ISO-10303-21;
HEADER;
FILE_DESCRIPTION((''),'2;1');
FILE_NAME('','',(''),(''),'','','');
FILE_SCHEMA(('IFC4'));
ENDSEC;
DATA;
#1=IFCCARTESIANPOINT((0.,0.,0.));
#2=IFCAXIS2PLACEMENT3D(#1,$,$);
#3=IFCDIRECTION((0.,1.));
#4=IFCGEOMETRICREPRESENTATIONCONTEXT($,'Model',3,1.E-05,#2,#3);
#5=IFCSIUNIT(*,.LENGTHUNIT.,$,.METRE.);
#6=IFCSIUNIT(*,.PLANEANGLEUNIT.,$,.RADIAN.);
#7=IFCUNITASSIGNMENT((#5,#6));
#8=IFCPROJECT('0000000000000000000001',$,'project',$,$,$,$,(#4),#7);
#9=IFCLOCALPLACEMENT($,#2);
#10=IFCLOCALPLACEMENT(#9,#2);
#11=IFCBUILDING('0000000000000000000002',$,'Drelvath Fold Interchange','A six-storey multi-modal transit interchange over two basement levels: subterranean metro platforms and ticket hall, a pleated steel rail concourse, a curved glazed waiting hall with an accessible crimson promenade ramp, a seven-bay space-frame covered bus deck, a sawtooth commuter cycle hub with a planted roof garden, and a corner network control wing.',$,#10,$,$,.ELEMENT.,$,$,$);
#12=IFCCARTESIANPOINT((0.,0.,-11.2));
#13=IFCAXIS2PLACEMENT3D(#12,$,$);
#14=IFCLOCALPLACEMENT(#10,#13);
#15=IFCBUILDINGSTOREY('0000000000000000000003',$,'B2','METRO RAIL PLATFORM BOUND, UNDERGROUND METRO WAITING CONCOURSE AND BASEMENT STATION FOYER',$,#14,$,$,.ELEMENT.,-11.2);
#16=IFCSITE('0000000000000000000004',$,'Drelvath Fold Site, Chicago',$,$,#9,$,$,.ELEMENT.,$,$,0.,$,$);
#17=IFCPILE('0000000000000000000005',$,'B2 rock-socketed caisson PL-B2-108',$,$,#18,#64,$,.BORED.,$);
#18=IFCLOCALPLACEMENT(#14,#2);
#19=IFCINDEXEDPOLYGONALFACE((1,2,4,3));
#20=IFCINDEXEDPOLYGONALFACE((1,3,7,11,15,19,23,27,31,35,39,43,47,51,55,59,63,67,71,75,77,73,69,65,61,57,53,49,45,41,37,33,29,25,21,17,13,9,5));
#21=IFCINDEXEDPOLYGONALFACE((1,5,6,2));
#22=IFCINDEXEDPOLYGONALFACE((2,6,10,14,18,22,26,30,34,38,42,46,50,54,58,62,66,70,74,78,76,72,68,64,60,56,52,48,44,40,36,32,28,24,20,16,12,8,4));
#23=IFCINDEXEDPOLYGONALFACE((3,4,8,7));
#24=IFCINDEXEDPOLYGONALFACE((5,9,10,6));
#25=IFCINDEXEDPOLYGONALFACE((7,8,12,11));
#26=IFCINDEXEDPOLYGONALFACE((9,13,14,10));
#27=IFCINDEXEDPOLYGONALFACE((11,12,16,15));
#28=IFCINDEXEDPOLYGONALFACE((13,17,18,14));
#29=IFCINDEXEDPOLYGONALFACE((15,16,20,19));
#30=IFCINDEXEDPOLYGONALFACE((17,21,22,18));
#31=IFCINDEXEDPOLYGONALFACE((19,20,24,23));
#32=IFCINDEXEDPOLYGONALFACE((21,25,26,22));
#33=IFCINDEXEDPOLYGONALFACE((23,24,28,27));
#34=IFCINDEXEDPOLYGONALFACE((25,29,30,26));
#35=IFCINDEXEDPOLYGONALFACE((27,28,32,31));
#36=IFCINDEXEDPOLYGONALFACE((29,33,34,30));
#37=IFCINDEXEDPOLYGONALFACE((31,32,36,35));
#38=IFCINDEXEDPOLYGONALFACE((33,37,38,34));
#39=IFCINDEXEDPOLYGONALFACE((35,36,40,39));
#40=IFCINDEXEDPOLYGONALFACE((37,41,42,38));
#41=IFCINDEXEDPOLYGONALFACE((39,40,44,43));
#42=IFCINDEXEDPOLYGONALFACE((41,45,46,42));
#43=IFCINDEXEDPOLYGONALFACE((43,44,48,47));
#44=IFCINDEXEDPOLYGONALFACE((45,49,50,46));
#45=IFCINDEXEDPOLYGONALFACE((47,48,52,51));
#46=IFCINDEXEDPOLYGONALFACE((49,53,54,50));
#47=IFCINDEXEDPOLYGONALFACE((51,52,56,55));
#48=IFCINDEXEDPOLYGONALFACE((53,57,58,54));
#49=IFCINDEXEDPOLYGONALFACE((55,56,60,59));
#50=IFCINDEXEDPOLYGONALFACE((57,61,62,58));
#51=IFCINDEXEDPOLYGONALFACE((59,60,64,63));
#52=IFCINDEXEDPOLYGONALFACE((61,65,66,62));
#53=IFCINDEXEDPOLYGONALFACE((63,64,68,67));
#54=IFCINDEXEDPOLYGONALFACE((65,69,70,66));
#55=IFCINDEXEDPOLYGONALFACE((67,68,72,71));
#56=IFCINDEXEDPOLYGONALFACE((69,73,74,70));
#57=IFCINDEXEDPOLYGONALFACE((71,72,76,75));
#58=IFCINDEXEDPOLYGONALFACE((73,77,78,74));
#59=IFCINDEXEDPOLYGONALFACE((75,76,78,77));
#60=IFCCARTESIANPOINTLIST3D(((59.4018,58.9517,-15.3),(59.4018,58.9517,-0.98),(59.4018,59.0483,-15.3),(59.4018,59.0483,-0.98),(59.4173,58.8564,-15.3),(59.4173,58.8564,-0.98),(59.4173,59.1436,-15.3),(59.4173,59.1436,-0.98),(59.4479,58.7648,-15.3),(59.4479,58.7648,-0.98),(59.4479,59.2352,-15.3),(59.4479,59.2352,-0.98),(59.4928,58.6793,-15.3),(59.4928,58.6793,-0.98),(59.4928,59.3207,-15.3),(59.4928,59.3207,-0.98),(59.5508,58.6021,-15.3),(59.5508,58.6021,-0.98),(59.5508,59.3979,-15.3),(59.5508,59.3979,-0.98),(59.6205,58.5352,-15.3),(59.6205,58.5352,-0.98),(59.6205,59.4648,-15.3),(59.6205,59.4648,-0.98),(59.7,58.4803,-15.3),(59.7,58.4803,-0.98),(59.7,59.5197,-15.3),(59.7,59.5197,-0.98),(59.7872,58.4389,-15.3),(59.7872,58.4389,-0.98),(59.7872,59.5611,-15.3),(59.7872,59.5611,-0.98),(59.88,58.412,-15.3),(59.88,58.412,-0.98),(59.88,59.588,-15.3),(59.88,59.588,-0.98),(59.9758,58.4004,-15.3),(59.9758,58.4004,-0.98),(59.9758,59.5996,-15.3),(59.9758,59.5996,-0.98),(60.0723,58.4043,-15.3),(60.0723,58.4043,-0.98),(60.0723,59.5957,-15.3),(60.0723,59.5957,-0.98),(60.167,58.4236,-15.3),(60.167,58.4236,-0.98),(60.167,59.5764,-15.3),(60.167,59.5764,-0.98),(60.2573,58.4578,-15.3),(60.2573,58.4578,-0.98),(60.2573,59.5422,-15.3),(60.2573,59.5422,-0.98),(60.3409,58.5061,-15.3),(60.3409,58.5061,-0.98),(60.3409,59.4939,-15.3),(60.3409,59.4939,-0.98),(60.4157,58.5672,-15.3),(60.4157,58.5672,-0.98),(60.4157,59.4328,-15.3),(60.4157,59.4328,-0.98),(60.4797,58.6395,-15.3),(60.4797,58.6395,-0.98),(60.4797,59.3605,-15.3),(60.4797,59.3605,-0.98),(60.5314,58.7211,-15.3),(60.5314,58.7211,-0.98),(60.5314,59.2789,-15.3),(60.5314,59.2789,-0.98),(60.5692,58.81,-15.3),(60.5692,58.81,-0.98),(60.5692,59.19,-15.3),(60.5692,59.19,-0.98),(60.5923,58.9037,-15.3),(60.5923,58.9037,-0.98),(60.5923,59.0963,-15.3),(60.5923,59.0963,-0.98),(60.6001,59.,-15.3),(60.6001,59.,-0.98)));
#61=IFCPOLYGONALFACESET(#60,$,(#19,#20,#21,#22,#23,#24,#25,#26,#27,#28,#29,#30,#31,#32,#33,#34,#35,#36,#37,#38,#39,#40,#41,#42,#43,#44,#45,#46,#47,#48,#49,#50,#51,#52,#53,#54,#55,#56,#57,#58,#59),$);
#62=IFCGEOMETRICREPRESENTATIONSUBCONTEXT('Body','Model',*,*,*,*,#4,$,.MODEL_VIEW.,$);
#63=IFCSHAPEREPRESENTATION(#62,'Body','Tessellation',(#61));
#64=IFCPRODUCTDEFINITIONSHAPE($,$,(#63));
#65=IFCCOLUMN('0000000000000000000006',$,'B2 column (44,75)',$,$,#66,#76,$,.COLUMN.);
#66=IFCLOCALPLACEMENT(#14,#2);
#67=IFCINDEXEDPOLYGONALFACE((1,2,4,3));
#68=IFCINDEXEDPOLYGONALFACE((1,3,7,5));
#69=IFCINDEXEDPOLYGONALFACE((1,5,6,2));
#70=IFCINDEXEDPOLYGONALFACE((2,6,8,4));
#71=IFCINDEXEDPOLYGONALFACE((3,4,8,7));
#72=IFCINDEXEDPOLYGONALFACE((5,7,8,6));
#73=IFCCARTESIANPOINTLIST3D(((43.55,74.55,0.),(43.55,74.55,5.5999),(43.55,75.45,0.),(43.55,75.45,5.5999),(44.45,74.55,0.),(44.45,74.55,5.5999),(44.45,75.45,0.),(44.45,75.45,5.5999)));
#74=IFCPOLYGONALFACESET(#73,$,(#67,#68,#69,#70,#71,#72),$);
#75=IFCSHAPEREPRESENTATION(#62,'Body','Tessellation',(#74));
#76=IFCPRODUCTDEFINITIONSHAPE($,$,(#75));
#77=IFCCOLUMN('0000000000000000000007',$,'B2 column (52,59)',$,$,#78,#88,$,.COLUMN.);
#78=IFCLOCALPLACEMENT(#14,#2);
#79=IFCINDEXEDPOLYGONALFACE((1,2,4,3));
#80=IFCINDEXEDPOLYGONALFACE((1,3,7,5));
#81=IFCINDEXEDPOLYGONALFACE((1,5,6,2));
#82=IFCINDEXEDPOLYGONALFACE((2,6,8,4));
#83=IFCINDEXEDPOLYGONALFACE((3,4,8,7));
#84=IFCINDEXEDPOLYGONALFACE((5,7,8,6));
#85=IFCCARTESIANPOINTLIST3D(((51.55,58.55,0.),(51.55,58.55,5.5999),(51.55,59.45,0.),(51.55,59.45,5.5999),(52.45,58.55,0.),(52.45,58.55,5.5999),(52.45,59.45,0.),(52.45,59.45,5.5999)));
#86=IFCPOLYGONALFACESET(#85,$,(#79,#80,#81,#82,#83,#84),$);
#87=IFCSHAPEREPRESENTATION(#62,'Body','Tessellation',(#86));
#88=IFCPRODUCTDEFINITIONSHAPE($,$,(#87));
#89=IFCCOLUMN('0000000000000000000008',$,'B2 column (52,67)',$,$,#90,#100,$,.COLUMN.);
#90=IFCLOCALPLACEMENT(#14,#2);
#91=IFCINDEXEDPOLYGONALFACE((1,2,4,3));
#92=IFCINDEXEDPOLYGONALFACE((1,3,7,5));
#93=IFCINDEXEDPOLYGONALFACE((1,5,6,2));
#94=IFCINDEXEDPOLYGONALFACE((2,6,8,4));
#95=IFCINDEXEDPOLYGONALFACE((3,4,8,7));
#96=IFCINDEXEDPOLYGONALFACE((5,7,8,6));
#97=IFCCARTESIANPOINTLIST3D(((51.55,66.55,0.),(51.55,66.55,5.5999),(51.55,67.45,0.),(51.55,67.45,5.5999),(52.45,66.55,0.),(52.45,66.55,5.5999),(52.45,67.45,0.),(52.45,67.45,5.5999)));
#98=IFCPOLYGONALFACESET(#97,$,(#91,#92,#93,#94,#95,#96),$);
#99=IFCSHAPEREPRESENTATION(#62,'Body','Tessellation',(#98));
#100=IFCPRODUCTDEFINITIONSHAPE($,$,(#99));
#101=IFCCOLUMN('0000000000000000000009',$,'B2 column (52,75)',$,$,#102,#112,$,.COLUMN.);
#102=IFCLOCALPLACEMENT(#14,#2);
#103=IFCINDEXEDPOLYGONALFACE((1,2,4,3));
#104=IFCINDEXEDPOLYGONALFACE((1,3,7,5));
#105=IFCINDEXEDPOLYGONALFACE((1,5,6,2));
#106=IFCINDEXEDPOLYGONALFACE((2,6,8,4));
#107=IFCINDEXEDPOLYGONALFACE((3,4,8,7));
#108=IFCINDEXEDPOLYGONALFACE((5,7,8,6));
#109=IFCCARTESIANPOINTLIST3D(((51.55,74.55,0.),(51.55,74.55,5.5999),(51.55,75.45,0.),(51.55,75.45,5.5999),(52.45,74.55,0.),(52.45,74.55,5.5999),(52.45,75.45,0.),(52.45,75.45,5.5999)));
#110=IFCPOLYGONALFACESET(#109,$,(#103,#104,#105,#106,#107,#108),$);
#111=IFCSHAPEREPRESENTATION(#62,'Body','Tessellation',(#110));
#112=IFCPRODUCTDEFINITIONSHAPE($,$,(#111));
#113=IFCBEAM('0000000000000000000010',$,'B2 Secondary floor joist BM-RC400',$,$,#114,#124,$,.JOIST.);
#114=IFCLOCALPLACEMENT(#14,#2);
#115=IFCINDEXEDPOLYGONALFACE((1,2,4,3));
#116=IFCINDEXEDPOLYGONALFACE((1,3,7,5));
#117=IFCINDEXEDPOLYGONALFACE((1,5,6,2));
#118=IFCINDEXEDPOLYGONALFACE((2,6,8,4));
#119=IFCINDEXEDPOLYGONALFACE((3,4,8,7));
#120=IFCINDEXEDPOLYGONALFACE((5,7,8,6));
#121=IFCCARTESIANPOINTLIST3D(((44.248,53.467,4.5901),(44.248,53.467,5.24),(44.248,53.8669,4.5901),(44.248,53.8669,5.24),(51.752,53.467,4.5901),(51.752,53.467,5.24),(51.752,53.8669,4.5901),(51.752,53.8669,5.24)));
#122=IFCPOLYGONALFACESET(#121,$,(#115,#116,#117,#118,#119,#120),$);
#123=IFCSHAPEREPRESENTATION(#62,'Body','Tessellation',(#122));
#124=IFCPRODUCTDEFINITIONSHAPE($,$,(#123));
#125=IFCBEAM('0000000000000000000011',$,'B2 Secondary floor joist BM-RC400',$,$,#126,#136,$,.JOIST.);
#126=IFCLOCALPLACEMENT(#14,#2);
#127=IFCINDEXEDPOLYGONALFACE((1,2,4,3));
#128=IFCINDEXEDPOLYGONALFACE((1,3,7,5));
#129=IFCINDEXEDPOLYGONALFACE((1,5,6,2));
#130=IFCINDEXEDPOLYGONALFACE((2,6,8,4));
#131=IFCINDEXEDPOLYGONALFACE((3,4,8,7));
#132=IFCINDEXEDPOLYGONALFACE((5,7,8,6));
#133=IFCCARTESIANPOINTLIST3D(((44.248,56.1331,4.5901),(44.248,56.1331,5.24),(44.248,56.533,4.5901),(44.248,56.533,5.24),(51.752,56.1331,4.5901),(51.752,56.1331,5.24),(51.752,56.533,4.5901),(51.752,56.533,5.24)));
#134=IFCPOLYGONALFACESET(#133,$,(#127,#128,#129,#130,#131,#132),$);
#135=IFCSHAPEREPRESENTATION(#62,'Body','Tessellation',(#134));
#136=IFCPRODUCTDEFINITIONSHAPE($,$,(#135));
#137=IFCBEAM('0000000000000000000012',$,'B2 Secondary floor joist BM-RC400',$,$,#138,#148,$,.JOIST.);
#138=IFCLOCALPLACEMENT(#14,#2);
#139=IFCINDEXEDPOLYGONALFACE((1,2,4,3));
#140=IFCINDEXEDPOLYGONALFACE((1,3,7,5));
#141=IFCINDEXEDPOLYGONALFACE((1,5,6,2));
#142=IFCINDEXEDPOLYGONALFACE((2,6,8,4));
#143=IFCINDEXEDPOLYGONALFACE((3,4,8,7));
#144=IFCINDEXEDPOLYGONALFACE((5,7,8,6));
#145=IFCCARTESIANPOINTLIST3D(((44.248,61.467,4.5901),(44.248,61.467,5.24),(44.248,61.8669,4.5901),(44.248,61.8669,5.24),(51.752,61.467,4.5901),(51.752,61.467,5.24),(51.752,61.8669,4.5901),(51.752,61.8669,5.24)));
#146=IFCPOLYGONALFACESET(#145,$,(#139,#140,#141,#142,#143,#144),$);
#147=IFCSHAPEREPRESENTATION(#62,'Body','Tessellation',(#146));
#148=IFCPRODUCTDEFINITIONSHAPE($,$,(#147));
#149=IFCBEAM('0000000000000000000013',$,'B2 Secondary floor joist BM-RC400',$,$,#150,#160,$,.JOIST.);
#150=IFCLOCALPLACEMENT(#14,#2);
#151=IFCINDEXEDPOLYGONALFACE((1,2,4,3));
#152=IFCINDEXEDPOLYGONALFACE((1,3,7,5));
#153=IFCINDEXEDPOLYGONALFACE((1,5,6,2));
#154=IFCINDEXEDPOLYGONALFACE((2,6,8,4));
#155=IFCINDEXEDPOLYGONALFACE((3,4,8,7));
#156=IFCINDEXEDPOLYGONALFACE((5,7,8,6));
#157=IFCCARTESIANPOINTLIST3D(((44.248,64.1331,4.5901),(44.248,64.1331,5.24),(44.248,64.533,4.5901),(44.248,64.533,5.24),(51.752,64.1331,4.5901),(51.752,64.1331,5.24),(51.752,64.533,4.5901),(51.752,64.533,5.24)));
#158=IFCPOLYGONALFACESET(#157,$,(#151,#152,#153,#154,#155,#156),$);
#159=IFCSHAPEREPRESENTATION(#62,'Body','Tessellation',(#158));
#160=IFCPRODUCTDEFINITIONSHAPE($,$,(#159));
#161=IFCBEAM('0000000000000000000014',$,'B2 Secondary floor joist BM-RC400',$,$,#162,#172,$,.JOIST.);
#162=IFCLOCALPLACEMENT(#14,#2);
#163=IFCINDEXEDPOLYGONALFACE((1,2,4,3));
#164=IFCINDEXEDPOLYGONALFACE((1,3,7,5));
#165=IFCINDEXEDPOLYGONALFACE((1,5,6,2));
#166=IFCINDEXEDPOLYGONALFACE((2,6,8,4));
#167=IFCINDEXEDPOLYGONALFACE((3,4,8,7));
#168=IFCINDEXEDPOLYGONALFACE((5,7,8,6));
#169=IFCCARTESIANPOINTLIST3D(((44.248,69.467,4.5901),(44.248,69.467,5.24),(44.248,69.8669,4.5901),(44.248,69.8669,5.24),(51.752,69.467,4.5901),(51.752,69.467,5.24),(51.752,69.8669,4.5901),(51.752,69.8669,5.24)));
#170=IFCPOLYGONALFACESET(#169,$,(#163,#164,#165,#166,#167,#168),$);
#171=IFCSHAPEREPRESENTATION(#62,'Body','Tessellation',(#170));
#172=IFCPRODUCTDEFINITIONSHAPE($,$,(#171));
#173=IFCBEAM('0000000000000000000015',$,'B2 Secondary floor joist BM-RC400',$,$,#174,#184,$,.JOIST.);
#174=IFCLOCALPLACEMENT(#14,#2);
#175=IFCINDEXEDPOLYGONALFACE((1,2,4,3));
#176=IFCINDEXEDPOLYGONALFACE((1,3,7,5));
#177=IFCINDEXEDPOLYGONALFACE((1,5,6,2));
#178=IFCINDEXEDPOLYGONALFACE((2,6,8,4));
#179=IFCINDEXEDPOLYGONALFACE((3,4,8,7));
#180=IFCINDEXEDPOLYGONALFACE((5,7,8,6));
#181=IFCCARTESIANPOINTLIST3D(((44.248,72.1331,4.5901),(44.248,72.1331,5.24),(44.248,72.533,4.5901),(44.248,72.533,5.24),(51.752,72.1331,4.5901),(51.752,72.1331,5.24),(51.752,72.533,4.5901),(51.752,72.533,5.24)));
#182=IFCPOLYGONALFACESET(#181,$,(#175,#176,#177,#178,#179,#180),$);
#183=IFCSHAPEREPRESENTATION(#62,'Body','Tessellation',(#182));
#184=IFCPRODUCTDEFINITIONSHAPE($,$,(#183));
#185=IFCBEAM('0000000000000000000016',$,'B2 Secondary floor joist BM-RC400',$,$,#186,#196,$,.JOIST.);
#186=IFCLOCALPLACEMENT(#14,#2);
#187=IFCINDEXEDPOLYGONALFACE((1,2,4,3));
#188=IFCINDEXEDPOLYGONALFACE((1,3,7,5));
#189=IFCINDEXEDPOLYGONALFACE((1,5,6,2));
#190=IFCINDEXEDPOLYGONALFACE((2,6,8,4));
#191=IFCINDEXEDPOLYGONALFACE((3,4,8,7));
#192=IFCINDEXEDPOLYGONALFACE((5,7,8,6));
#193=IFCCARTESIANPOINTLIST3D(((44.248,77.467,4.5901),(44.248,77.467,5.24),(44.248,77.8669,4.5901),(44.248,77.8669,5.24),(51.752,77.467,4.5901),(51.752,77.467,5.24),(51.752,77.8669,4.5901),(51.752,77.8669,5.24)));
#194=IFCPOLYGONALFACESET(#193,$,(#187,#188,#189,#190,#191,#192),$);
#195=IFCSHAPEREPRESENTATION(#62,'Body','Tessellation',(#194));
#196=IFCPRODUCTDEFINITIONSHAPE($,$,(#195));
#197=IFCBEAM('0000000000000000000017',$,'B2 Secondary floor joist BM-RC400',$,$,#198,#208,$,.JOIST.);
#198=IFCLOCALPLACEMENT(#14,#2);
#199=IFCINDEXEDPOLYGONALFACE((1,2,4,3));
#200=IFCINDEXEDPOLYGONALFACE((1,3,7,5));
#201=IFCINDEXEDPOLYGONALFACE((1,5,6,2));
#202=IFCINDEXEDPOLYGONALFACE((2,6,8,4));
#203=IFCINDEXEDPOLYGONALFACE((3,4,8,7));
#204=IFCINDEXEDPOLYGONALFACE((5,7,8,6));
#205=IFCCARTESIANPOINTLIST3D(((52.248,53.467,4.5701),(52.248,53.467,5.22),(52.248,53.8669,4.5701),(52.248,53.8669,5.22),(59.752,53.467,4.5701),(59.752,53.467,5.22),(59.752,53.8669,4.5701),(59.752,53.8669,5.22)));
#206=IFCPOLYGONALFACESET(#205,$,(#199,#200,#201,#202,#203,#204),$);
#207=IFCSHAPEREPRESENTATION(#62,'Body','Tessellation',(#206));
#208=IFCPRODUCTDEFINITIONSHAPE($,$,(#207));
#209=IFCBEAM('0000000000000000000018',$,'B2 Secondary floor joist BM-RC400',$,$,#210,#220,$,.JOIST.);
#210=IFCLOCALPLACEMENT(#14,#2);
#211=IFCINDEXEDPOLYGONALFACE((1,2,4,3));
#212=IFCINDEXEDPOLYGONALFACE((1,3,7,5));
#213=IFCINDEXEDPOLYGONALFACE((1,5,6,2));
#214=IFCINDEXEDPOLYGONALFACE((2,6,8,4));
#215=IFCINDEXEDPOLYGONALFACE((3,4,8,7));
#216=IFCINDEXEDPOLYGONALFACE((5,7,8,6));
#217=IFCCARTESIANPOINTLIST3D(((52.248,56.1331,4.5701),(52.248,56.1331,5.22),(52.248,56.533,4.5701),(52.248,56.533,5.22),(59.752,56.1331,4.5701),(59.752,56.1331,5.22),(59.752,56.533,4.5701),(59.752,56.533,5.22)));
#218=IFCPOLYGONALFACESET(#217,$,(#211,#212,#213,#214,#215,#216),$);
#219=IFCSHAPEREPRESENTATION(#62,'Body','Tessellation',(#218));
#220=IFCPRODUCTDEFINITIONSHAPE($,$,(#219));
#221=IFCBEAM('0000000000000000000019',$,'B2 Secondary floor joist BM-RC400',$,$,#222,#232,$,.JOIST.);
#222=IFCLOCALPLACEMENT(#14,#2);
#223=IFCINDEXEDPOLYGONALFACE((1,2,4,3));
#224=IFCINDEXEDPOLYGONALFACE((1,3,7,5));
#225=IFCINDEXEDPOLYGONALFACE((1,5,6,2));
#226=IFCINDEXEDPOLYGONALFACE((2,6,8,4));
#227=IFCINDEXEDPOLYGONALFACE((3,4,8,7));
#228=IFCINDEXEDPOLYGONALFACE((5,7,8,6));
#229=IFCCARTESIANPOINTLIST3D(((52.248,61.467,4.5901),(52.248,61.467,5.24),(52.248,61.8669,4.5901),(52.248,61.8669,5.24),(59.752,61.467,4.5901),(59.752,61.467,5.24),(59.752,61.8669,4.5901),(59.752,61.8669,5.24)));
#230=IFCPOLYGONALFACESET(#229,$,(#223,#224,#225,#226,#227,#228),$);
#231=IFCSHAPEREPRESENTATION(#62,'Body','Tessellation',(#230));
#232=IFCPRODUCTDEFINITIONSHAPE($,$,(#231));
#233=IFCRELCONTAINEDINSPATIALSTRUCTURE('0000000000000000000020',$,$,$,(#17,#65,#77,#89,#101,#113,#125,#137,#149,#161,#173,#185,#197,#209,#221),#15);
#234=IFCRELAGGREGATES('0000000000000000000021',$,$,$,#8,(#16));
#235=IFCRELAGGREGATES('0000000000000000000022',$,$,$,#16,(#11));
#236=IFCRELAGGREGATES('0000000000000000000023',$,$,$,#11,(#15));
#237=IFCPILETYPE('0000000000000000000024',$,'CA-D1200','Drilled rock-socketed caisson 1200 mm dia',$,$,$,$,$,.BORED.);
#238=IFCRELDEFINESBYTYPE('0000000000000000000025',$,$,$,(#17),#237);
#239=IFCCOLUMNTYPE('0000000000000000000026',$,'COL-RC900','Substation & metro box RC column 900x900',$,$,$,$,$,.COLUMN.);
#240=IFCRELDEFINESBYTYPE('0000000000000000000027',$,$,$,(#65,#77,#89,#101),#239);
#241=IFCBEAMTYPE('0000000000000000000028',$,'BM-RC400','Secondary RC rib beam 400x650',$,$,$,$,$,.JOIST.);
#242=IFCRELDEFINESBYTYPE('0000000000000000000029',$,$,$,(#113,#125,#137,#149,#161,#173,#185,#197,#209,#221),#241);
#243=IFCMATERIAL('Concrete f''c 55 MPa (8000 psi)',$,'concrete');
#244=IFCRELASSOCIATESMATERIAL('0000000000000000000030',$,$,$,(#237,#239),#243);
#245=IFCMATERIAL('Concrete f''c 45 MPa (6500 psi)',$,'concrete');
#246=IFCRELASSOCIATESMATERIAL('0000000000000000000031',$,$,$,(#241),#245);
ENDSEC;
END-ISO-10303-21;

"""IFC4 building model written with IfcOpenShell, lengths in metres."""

from ifc_helpers import new_model, si_unit, direction, frame, origin, origin_2d, place, context, subcontext, project, spatial, rectangle, circle, extrude, material, material_profile, profile_set, type_object, element, save


model = new_model("IFC4")

# Units and contexts
model_context = context("Model", 3, precision=1e-05, world=origin(), true_north=direction((0.0, 1.0)))
body_context = subcontext(model_context, "Body", "Model", "MODEL_VIEW")
ifc_project = project(units=[si_unit("LENGTHUNIT", "METRE"), si_unit("PLANEANGLEUNIT", "RADIAN")], contexts=[model_context])

# Site, building, storey
site_placement = place(None, origin())
site = spatial("IfcSite", under=ifc_project, at=site_placement, Name="Drelvath Fold Site, Chicago", CompositionType="ELEMENT", RefElevation=0.0)
building_placement = place(site_placement, origin())
building = spatial("IfcBuilding", under=site, at=building_placement, Name="Drelvath Fold Interchange", Description="A six-storey multi-modal transit interchange over two basement levels: subterranean metro platforms and ticket hall, a pleated steel rail concourse, a curved glazed waiting hall with an accessible crimson promenade ramp, a seven-bay space-frame covered bus deck, a sawtooth commuter cycle hub with a planted roof garden, and a corner network control wing.", CompositionType="ELEMENT")
storey_placement = place(building_placement, frame((0.0, 0.0, -11.2)))
storey = spatial("IfcBuildingStorey", under=building, at=storey_placement, Name="B2", Description="METRO RAIL PLATFORM BOUND, UNDERGROUND METRO WAITING CONCOURSE AND BASEMENT STATION FOYER", CompositionType="ELEMENT", Elevation=-11.2)

# Pile
ifc_material_1 = material(Name="Concrete f'c 55 MPa (8000 psi)", Category="concrete")
ifc_material_profile_1 = material_profile(ifc_material_1, circle(Radius=0.6001, at=origin_2d()), Name="CAISSON D1200")
ifc_profile_set_1 = profile_set([ifc_material_profile_1], Name="Concrete f'c 55 MPa (8000 psi)")
pile_type = type_object("IfcPileType", Name="CA-D1200", Description="Drilled rock-socketed caisson 1200 mm dia", PredefinedType="BORED", material=ifc_profile_set_1)
pile_1_placement = place(storey_placement, frame((60.0, 59.0, -0.98), z_axis=(0.0, 0.0, -1.0), x_axis=(1.0, 0.0, 0.0)))
element("IfcPile", 1, at=pile_1_placement, inside=storey, type_object=pile_type, Name="B2 rock-socketed caisson PL-B2-108", PredefinedType="BORED", context=body_context, shape_type="SweptSolid", body=[
    extrude(circle(Radius=0.6001, at=origin_2d()), origin(), (0.0, 0.0, 1.0), 14.3201),
])

# Columns
ifc_material_profile_2 = material_profile(ifc_material_1, rectangle(XDim=0.8999, YDim=0.8999, at=origin_2d()), Name="RC 900x900")
ifc_profile_set_2 = profile_set([ifc_material_profile_2], Name="Concrete f'c 55 MPa (8000 psi)")
column_type = type_object("IfcColumnType", Name="COL-RC900", Description="Substation & metro box RC column 900x900", PredefinedType="COLUMN", material=ifc_profile_set_2)
for number, where, z_axis, x_axis, name in (
    (2, (44.0, 75.0, 0.0), (0.0, 0.0, 1.0), (1.0, 0.0, 0.0), "B2 column (44,75)"),
    (3, (52.0, 59.0, 0.0), (0.0, 0.0, 1.0), (1.0, 0.0, 0.0), "B2 column (52,59)"),
    (4, (52.0, 67.0, 0.0), (0.0, 0.0, 1.0), (1.0, 0.0, 0.0), "B2 column (52,67)"),
    (5, (52.0, 75.0, 0.0), (0.0, 0.0, 1.0), (1.0, 0.0, 0.0), "B2 column (52,75)"),
):
    element("IfcColumn", number, at=place(storey_placement, frame(where, z_axis=z_axis, x_axis=x_axis)), inside=storey, type_object=column_type, Name=name, PredefinedType="COLUMN", context=body_context, shape_type="SweptSolid", body=[
        extrude(rectangle(XDim=0.8999, YDim=0.8999, at=origin_2d()), origin(), (0.0, 0.0, 1.0), 5.5999),
    ])

# Beams
ifc_material_2 = material(Name="Concrete f'c 45 MPa (6500 psi)", Category="concrete")
ifc_material_profile_3 = material_profile(ifc_material_2, rectangle(XDim=0.3999, YDim=0.6499, at=origin_2d()), Name="RC 400x650")
ifc_profile_set_3 = profile_set([ifc_material_profile_3], Name="Concrete f'c 45 MPa (6500 psi)")
beam_type_1 = type_object("IfcBeamType", Name="BM-RC400", Description="Secondary RC rib beam 400x650", PredefinedType="JOIST", material=ifc_profile_set_3)
for number, where, z_axis, x_axis, name in (
    (6, (44.248, 53.667, 4.915), (1.0, 0.0, 0.0), (0.0, 1.0, 0.0), "B2 Secondary floor joist BM-RC400"),
    (7, (44.248, 56.333, 4.915), (1.0, 0.0, 0.0), (0.0, 1.0, 0.0), "B2 Secondary floor joist BM-RC400"),
    (8, (44.248, 61.667, 4.915), (1.0, 0.0, 0.0), (0.0, 1.0, 0.0), "B2 Secondary floor joist BM-RC400"),
    (9, (44.248, 64.333, 4.915), (1.0, 0.0, 0.0), (0.0, 1.0, 0.0), "B2 Secondary floor joist BM-RC400"),
    (10, (44.248, 69.667, 4.915), (1.0, 0.0, 0.0), (0.0, 1.0, 0.0), "B2 Secondary floor joist BM-RC400"),
    (11, (44.248, 72.333, 4.915), (1.0, 0.0, 0.0), (0.0, 1.0, 0.0), "B2 Secondary floor joist BM-RC400"),
    (12, (44.248, 77.667, 4.915), (1.0, 0.0, 0.0), (0.0, 1.0, 0.0), "B2 Secondary floor joist BM-RC400"),
    (13, (52.248, 53.667, 4.895), (1.0, 0.0, 0.0), (0.0, 1.0, 0.0), "B2 Secondary floor joist BM-RC400"),
    (14, (52.248, 56.333, 4.895), (1.0, 0.0, 0.0), (0.0, 1.0, 0.0), "B2 Secondary floor joist BM-RC400"),
    (15, (52.248, 61.667, 4.915), (1.0, 0.0, 0.0), (0.0, 1.0, 0.0), "B2 Secondary floor joist BM-RC400"),
):
    element("IfcBeam", number, at=place(storey_placement, frame(where, z_axis=z_axis, x_axis=x_axis)), inside=storey, type_object=beam_type_1, Name=name, PredefinedType="JOIST", context=body_context, shape_type="SweptSolid", body=[
        extrude(rectangle(XDim=0.3999, YDim=0.6499, at=origin_2d()), origin(), (0.0, 0.0, 1.0), 7.5039),
    ])

save(model, "model.ifc")
